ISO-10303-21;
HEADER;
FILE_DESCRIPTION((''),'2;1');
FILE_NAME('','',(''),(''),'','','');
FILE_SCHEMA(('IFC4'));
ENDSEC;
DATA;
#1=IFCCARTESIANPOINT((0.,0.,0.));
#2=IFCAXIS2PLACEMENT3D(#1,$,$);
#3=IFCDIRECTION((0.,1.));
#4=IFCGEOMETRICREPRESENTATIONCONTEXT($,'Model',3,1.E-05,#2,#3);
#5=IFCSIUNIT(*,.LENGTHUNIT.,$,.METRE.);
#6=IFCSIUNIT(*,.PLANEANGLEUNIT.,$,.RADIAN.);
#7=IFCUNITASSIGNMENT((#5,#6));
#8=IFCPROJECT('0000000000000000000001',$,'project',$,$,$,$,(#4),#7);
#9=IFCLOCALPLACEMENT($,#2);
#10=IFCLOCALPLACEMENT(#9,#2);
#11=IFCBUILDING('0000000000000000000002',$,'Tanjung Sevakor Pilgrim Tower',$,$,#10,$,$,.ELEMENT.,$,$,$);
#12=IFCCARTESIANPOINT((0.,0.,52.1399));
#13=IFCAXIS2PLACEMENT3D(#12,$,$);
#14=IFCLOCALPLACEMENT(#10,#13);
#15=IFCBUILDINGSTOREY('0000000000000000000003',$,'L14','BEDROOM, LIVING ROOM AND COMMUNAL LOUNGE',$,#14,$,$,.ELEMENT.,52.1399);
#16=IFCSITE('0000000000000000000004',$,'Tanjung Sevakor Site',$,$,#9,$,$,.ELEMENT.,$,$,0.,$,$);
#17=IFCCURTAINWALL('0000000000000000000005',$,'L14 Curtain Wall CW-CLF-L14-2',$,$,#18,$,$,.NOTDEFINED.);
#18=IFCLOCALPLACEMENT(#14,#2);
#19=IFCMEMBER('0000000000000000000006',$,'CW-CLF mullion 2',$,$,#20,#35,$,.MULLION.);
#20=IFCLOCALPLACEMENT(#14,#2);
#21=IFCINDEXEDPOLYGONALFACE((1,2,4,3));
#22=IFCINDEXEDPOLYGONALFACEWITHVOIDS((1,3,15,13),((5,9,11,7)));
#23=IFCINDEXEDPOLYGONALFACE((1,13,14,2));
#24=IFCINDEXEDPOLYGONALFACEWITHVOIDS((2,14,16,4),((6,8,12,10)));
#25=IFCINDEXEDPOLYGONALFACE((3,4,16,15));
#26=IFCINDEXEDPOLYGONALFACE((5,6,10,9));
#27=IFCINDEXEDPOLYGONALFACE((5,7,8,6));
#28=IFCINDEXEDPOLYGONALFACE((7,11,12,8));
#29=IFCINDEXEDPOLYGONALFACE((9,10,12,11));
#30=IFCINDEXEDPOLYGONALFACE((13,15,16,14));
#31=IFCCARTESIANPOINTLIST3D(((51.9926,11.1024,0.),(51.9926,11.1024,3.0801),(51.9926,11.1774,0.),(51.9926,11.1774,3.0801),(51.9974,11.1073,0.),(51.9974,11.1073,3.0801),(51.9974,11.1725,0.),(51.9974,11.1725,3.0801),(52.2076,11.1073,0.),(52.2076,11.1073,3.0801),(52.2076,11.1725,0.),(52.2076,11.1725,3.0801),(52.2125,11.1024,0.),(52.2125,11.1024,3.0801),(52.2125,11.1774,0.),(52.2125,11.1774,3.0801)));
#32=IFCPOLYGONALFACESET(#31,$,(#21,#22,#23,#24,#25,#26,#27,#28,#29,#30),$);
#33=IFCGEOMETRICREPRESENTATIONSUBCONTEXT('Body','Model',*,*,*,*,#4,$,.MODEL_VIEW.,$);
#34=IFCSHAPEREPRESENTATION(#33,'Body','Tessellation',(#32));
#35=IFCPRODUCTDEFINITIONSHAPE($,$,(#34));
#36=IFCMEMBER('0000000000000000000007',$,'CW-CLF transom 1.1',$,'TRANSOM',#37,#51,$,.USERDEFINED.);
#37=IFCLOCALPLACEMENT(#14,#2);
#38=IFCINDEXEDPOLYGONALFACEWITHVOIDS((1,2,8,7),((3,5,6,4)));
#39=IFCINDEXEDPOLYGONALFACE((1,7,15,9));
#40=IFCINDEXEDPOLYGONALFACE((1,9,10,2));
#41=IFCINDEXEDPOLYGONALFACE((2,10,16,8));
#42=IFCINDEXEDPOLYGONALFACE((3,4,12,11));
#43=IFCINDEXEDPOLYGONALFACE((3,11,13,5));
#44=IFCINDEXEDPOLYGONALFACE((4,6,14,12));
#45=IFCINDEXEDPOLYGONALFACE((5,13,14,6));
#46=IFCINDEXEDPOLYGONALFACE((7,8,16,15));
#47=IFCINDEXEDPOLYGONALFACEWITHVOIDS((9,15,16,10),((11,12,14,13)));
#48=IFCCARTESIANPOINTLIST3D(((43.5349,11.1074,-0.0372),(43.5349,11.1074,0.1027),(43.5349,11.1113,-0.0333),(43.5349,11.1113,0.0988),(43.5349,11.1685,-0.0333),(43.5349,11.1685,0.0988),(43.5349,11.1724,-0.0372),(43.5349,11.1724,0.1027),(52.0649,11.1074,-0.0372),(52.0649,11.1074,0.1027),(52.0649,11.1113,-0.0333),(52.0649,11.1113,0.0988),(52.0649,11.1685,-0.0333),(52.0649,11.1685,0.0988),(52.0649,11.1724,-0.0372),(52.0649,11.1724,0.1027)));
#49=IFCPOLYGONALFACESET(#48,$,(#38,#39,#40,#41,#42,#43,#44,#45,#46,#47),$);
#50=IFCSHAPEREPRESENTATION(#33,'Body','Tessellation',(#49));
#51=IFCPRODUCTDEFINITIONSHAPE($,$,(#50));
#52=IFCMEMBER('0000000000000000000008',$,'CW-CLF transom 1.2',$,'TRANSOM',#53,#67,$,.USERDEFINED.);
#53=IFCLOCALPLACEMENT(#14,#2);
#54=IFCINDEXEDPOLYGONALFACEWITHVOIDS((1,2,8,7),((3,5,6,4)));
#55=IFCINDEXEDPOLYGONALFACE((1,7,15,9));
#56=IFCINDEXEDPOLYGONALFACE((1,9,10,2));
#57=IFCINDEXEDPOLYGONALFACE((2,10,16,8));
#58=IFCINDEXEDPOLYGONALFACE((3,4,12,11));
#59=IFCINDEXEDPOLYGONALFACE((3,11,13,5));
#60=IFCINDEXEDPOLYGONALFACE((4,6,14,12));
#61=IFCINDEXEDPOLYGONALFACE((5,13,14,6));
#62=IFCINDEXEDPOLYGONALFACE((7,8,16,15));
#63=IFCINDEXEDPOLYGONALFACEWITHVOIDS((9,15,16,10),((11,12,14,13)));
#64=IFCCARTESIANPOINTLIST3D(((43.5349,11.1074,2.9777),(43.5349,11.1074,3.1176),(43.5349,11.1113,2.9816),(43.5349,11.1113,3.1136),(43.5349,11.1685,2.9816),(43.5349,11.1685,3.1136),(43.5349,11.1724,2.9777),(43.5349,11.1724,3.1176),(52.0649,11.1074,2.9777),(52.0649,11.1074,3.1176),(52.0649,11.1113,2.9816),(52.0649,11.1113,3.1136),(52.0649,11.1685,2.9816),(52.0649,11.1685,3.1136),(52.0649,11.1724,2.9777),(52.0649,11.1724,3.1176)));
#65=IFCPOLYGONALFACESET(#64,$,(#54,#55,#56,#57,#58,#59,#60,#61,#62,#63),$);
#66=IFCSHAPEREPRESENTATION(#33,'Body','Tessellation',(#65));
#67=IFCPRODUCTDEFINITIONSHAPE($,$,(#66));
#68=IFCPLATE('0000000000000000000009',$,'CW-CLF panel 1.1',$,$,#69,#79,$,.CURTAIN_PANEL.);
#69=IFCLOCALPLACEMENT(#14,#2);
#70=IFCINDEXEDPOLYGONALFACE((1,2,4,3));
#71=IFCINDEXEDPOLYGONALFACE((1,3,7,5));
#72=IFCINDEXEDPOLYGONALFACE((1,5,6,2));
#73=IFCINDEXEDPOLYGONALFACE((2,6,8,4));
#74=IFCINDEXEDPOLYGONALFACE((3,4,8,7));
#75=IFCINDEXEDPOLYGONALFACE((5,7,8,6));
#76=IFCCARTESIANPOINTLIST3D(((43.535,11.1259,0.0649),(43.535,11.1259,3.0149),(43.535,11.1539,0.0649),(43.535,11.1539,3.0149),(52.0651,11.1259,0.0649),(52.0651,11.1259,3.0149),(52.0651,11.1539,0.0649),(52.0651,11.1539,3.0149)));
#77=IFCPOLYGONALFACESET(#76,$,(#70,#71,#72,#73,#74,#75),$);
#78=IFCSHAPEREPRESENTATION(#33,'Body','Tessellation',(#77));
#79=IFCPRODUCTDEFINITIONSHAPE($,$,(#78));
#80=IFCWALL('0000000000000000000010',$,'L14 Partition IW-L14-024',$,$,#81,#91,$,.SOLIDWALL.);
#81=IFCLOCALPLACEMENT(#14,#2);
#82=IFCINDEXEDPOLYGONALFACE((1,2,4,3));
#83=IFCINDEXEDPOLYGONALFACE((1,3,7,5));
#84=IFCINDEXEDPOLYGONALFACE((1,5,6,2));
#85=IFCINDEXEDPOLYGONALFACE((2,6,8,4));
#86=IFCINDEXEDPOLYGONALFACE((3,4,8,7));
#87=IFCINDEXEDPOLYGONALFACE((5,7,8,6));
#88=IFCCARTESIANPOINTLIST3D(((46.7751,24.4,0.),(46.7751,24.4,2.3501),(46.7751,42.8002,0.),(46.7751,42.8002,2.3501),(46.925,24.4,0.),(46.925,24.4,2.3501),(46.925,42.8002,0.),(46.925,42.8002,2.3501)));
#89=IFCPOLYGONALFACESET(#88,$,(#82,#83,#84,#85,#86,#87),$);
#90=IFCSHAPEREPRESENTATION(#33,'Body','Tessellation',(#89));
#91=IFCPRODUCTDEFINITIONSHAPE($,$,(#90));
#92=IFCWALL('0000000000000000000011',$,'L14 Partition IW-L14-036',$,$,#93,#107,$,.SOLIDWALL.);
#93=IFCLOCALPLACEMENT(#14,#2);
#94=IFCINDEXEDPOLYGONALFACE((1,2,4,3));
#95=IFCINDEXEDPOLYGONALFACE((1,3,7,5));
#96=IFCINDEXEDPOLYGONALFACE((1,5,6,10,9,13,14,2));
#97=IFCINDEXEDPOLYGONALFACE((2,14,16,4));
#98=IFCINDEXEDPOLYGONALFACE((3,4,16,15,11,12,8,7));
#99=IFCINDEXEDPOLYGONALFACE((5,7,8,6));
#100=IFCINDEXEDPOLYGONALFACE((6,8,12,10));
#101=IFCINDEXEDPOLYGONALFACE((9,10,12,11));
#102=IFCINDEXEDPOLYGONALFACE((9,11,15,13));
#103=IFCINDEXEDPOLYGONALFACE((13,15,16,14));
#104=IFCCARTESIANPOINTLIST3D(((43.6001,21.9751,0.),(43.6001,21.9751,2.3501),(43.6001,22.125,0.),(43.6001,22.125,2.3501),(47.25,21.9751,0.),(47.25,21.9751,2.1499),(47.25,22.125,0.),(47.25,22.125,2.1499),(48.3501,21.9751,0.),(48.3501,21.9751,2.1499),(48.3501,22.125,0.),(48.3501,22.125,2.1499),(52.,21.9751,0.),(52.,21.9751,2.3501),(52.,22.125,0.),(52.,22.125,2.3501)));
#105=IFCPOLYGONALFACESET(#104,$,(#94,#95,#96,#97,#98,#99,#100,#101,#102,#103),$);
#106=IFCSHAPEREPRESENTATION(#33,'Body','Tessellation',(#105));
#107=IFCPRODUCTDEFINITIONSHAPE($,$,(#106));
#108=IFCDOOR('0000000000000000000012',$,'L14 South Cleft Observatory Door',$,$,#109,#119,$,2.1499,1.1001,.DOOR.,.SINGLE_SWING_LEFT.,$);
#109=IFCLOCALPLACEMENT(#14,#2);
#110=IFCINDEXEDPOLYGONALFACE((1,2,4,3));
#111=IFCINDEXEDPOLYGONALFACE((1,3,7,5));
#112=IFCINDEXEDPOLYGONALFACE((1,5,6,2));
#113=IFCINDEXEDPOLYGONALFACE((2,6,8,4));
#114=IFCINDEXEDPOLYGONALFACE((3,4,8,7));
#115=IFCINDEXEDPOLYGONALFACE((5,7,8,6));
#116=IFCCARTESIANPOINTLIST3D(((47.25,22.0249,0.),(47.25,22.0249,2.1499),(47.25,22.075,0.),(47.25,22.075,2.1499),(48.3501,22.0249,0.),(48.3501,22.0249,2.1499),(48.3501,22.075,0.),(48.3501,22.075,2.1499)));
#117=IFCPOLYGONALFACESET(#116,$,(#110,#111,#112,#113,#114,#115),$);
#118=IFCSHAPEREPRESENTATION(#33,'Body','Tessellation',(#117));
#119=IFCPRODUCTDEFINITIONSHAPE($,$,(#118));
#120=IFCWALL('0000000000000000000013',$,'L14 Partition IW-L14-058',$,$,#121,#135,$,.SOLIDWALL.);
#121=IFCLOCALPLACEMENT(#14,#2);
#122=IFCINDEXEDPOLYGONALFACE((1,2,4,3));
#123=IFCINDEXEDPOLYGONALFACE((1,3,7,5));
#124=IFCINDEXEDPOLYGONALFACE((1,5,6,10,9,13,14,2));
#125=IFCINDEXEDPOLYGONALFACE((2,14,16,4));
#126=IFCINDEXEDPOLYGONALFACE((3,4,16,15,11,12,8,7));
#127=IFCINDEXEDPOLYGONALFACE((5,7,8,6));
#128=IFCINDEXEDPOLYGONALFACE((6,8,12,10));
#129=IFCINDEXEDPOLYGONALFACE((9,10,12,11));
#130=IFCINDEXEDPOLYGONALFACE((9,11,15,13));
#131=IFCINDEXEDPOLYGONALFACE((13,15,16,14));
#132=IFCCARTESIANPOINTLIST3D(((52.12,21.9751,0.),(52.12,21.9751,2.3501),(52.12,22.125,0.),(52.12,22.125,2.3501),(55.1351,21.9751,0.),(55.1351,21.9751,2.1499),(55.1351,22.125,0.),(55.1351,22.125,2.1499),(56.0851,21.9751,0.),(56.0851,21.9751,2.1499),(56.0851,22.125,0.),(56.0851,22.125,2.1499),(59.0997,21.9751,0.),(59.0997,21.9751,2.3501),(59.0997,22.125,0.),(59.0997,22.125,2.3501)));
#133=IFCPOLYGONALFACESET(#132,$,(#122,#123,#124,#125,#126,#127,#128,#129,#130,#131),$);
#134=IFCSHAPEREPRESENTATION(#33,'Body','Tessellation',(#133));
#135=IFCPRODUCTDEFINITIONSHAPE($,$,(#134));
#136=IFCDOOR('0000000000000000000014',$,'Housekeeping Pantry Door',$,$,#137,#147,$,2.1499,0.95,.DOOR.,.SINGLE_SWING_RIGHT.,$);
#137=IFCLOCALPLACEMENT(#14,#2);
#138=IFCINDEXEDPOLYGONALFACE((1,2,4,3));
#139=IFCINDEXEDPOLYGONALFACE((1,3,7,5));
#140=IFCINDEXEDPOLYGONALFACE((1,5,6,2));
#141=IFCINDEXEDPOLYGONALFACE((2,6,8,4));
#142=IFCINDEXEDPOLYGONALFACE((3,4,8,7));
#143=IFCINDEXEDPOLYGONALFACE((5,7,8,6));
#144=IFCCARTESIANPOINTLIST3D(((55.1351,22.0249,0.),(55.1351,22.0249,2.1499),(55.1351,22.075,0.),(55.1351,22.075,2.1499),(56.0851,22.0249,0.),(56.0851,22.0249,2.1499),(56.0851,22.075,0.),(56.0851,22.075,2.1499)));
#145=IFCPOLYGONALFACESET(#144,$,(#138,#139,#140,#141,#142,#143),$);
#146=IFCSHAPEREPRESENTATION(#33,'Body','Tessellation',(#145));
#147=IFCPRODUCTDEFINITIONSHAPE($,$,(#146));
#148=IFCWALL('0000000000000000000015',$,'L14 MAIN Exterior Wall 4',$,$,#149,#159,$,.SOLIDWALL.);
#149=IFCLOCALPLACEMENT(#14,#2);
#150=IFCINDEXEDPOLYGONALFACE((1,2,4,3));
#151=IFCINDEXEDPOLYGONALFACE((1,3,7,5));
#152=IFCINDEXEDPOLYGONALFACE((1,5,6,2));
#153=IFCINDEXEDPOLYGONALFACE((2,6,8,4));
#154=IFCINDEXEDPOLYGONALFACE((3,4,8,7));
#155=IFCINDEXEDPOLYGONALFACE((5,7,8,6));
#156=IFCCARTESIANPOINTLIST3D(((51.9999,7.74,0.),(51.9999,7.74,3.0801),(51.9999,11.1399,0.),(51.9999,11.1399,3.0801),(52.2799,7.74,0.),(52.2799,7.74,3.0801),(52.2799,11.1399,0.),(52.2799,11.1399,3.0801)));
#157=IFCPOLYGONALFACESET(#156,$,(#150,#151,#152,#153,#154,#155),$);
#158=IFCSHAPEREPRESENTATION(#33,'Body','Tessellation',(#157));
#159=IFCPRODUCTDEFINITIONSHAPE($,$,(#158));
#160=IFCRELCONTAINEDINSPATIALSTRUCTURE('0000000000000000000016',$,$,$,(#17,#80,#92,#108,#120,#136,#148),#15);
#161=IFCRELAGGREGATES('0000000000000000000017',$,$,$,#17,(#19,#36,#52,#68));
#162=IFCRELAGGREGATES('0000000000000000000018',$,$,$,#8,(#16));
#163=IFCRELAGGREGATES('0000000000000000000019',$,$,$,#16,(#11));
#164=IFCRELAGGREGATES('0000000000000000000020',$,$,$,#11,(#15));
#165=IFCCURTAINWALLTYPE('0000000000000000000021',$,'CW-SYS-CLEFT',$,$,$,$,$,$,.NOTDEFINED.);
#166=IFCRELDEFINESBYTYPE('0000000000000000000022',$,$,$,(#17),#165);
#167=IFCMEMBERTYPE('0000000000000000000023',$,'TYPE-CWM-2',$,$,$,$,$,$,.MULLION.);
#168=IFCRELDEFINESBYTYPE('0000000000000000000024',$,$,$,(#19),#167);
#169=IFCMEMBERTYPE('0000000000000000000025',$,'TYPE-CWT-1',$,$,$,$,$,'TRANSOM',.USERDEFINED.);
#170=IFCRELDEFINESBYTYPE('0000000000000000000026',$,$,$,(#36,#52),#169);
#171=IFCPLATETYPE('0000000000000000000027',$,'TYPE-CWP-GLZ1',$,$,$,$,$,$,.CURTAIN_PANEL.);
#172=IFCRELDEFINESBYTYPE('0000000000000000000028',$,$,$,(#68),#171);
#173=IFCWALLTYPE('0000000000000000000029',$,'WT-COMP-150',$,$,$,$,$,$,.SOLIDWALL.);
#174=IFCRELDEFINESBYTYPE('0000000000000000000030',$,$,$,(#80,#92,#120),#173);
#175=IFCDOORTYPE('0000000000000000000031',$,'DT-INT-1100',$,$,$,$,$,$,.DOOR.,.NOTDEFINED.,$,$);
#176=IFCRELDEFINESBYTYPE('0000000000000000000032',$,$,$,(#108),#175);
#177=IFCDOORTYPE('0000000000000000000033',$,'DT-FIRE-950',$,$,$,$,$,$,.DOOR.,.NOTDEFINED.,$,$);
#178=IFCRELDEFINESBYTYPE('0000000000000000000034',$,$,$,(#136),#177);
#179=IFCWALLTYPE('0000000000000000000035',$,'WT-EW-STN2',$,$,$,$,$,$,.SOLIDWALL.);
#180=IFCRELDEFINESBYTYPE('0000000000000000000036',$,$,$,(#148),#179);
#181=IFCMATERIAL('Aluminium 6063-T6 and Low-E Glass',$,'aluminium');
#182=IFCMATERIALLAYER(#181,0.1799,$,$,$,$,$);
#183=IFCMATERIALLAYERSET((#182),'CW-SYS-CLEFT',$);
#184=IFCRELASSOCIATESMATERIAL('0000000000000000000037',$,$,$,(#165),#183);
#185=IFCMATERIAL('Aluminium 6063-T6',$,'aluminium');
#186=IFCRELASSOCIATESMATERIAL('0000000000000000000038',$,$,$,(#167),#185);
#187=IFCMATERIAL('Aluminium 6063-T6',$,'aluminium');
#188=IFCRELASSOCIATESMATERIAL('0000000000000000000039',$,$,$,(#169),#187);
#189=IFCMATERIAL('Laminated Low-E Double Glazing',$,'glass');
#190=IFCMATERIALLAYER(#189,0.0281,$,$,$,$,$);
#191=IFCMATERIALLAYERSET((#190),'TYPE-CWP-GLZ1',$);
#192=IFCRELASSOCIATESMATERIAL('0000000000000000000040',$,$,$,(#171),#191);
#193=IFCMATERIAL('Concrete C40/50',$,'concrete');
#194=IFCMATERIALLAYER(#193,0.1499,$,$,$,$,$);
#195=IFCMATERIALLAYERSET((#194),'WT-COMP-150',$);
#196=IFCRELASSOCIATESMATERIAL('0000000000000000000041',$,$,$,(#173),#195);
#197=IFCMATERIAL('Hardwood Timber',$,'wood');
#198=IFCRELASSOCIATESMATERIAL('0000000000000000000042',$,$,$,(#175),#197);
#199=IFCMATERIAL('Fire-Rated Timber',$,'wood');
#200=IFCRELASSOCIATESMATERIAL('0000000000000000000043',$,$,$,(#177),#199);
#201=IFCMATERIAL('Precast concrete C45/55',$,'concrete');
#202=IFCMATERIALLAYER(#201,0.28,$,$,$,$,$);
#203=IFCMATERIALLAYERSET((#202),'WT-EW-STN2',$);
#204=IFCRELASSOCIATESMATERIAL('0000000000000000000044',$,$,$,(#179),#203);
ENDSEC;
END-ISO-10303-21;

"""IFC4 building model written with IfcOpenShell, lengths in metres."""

from ifc_helpers import new_model, si_unit, direction, frame, frame_2d, origin, origin_2d, place, context, subcontext, project, spatial, rectangle, hollow_rectangle, extrude, material, layer, layer_set, material_profile, profile_set, type_object, element, fill, aggregate, save


model = new_model("IFC4")

# Units and contexts
model_context = context("Model", 3, precision=1e-05, world=origin(), true_north=direction((0.0, 1.0)))
body_context = subcontext(model_context, "Body", "Model", "MODEL_VIEW")
ifc_project = project(units=[si_unit("LENGTHUNIT", "METRE"), si_unit("PLANEANGLEUNIT", "RADIAN")], contexts=[model_context])

# Site, building, storey
site_placement = place(None, origin())
site = spatial("IfcSite", under=ifc_project, at=site_placement, Name="Tanjung Sevakor Site", CompositionType="ELEMENT", RefElevation=0.0)
building_placement = place(site_placement, origin())
building = spatial("IfcBuilding", under=site, at=building_placement, Name="Tanjung Sevakor Pilgrim Tower", CompositionType="ELEMENT")
storey_placement = place(building_placement, frame((0.0, 0.0, 52.1399)))
storey = spatial("IfcBuildingStorey", under=building, at=storey_placement, Name="L14", Description="BEDROOM, LIVING ROOM AND COMMUNAL LOUNGE", CompositionType="ELEMENT", Elevation=52.1399)

# Curtain wall, members, plate
ifc_material_1 = material(Name="Aluminium 6063-T6 and Low-E Glass", Category="aluminium")
ifc_layer_1 = layer(ifc_material_1, 0.1799)
ifc_layer_set_1 = layer_set([ifc_layer_1], Name="CW-SYS-CLEFT")
curtain_wall_type = type_object("IfcCurtainWallType", Name="CW-SYS-CLEFT", PredefinedType="NOTDEFINED", material=ifc_layer_set_1)
curtain_wall_placement = place(storey_placement, origin())
curtain_wall = element("IfcCurtainWall", 1, at=curtain_wall_placement, inside=storey, type_object=curtain_wall_type, Name="L14 Curtain Wall CW-CLF-L14-2", PredefinedType="NOTDEFINED")
ifc_material_2 = material(Name="Aluminium 6063-T6", Category="aluminium")
ifc_material_profile_1 = material_profile(ifc_material_2, hollow_rectangle(XDim=0.075, YDim=0.22, WallThickness=0.0049, at=origin_2d()))
ifc_profile_set_1 = profile_set([ifc_material_profile_1], Name="Aluminium 6063-T6")
member_type_1 = type_object("IfcMemberType", Name="TYPE-CWM-2", PredefinedType="MULLION", material=ifc_profile_set_1)
member_1_placement = place(storey_placement, frame((52.1025, 11.1399, 0.0), z_axis=(0.0, 0.0, 1.0), x_axis=(0.0, 1.0, 0.0)))
member_1 = element("IfcMember", 2, at=member_1_placement, type_object=member_type_1, Name="CW-CLF mullion 2", PredefinedType="MULLION", context=body_context, shape_type="SweptSolid", body=[
    extrude(hollow_rectangle(XDim=0.075, YDim=0.22, WallThickness=0.0049, at=origin_2d()), origin(), (0.0, 0.0, 1.0), 3.0801),
])
ifc_material_3 = material(Name="Aluminium 6063-T6", Category="aluminium")
ifc_material_profile_2 = material_profile(ifc_material_3, hollow_rectangle(XDim=0.0649, YDim=0.1399, WallThickness=0.0039, at=origin_2d()))
ifc_profile_set_2 = profile_set([ifc_material_profile_2], Name="Aluminium 6063-T6")
member_type_2 = type_object("IfcMemberType", Name="TYPE-CWT-1", ElementType="TRANSOM", PredefinedType="USERDEFINED", material=ifc_profile_set_2)
member_2_placement = place(storey_placement, frame((43.5349, 11.1399, 0.0327), z_axis=(1.0, 0.0, 0.0), x_axis=(0.0, 1.0, 0.0)))
member_2 = element("IfcMember", 3, at=member_2_placement, type_object=member_type_2, Name="CW-CLF transom 1.1", ObjectType="TRANSOM", PredefinedType="USERDEFINED", context=body_context, shape_type="SweptSolid", body=[
    extrude(hollow_rectangle(XDim=0.0649, YDim=0.1399, WallThickness=0.0039, at=origin_2d()), origin(), (0.0, 0.0, 1.0), 8.53),
])
member_3_placement = place(storey_placement, frame((43.5349, 11.1399, 3.0476), z_axis=(1.0, 0.0, 0.0), x_axis=(0.0, 1.0, 0.0)))
member_3 = element("IfcMember", 4, at=member_3_placement, type_object=member_type_2, Name="CW-CLF transom 1.2", ObjectType="TRANSOM", PredefinedType="USERDEFINED", context=body_context, shape_type="SweptSolid", body=[
    extrude(hollow_rectangle(XDim=0.0649, YDim=0.1399, WallThickness=0.0039, at=origin_2d()), origin(), (0.0, 0.0, 1.0), 8.53),
])
ifc_material_4 = material(Name="Laminated Low-E Double Glazing", Category="glass")
ifc_layer_2 = layer(ifc_material_4, 0.0281)
ifc_layer_set_2 = layer_set([ifc_layer_2], Name="TYPE-CWP-GLZ1")
plate_type = type_object("IfcPlateType", Name="TYPE-CWP-GLZ1", PredefinedType="CURTAIN_PANEL", material=ifc_layer_set_2)
plate_placement = place(storey_placement, frame((47.8, 11.1399, 0.0649), z_axis=(0.0, 0.0, 1.0), x_axis=(1.0, 0.0, 0.0)))
plate = element("IfcPlate", 5, at=plate_placement, type_object=plate_type, Name="CW-CLF panel 1.1", PredefinedType="CURTAIN_PANEL", context=body_context, shape_type="SweptSolid", body=[
    extrude(rectangle(XDim=8.53, YDim=0.0281, at=origin_2d()), origin(), (0.0, 0.0, 1.0), 2.95),
])
aggregate(curtain_wall, [member_1, member_2, member_3, plate])

# Wall
ifc_material_5 = material(Name="Concrete C40/50", Category="concrete")
ifc_layer_3 = layer(ifc_material_5, 0.1499)
ifc_layer_set_3 = layer_set([ifc_layer_3], Name="WT-COMP-150")
wall_type_1 = type_object("IfcWallType", Name="WT-COMP-150", PredefinedType="SOLIDWALL", material=ifc_layer_set_3)
wall_1_placement = place(storey_placement, frame((46.8501, 24.3999, 0.0), z_axis=(0.0, 0.0, 1.0), x_axis=(0.0, 1.0, 0.0)))
element("IfcWall", 6, at=wall_1_placement, inside=storey, type_object=wall_type_1, Name="L14 Partition IW-L14-024", PredefinedType="SOLIDWALL", context=body_context, shape_type="SweptSolid", body=[
    extrude(rectangle(XDim=18.4001, YDim=0.1499, at=frame_2d((9.2002, 0.0))), origin(), (0.0, 0.0, 1.0), 2.3501),
])

# Walls, openings, doors
wall_2_placement = place(storey_placement, frame((43.6001, 22.05, 0.0), z_axis=(0.0, 0.0, 1.0), x_axis=(1.0, 0.0, 0.0)))
wall_2 = element("IfcWall", 7, at=wall_2_placement, inside=storey, type_object=wall_type_1, Name="L14 Partition IW-L14-036", PredefinedType="SOLIDWALL", context=body_context, shape_type="SweptSolid", body=[
    extrude(rectangle(XDim=8.3999, YDim=0.1499, at=frame_2d((4.2, 0.0))), origin(), (0.0, 0.0, 1.0), 2.3501),
])
opening_1_placement = place(wall_2_placement, frame((3.6499, 0.0, 0.0)))
opening_1 = element("IfcOpeningElement", 8, at=opening_1_placement, cuts=wall_2, PredefinedType="OPENING", context=body_context, shape_type="SweptSolid", body=[
    extrude(rectangle(XDim=1.1001, YDim=2.1499, at=frame_2d((0.55, 1.075))), frame((0.0, 0.085, 0.0), z_axis=(0.0, -1.0, 0.0), x_axis=(1.0, 0.0, 0.0)), (0.0, 0.0, 1.0), 0.1699),
])
ifc_material_6 = material(Name="Hardwood Timber", Category="wood")
door_type_1 = type_object("IfcDoorType", Name="DT-INT-1100", OperationType="NOTDEFINED", PredefinedType="DOOR", material=ifc_material_6)
door_1_placement = place(opening_1_placement, origin())
door_1 = element("IfcDoor", 9, at=door_1_placement, inside=storey, type_object=door_type_1, Name="L14 South Cleft Observatory Door", OperationType="SINGLE_SWING_LEFT", OverallHeight=2.1499, OverallWidth=1.1001, PredefinedType="DOOR", context=body_context, shape_type="SweptSolid", body=[
    extrude(rectangle(XDim=1.1001, YDim=2.1499, at=frame_2d((0.55, 1.075))), frame((0.0, 0.0249, 0.0), z_axis=(0.0, -1.0, 0.0), x_axis=(1.0, 0.0, 0.0)), (0.0, 0.0, 1.0), 0.05),
])
fill(opening_1, door_1)
wall_3_placement = place(storey_placement, frame((52.1201, 22.05, 0.0), z_axis=(0.0, 0.0, 1.0), x_axis=(1.0, 0.0, 0.0)))
wall_3 = element("IfcWall", 10, at=wall_3_placement, inside=storey, type_object=wall_type_1, Name="L14 Partition IW-L14-058", PredefinedType="SOLIDWALL", context=body_context, shape_type="SweptSolid", body=[
    extrude(rectangle(XDim=6.9797, YDim=0.1499, at=frame_2d((3.4897, 0.0))), origin(), (0.0, 0.0, 1.0), 2.3501),
])
opening_2_placement = place(wall_3_placement, frame((3.0149, 0.0, 0.0)))
opening_2 = element("IfcOpeningElement", 11, at=opening_2_placement, cuts=wall_3, PredefinedType="OPENING", context=body_context, shape_type="SweptSolid", body=[
    extrude(rectangle(XDim=0.95, YDim=2.1499, at=frame_2d((0.4751, 1.075))), frame((0.0, 0.085, 0.0), z_axis=(0.0, -1.0, 0.0), x_axis=(1.0, 0.0, 0.0)), (0.0, 0.0, 1.0), 0.1699),
])
ifc_material_7 = material(Name="Fire-Rated Timber", Category="wood")
door_type_2 = type_object("IfcDoorType", Name="DT-FIRE-950", OperationType="NOTDEFINED", PredefinedType="DOOR", material=ifc_material_7)
door_2_placement = place(opening_2_placement, origin())
door_2 = element("IfcDoor", 12, at=door_2_placement, inside=storey, type_object=door_type_2, Name="Housekeeping Pantry Door", OperationType="SINGLE_SWING_RIGHT", OverallHeight=2.1499, OverallWidth=0.95, PredefinedType="DOOR", context=body_context, shape_type="SweptSolid", body=[
    extrude(rectangle(XDim=0.95, YDim=2.1499, at=frame_2d((0.4751, 1.075))), frame((0.0, 0.0249, 0.0), z_axis=(0.0, -1.0, 0.0), x_axis=(1.0, 0.0, 0.0)), (0.0, 0.0, 1.0), 0.05),
])
fill(opening_2, door_2)

# Wall
ifc_material_8 = material(Name="Precast concrete C45/55", Category="concrete")
ifc_layer_4 = layer(ifc_material_8, 0.28)
ifc_layer_set_4 = layer_set([ifc_layer_4], Name="WT-EW-STN2")
wall_type_2 = type_object("IfcWallType", Name="WT-EW-STN2", PredefinedType="SOLIDWALL", material=ifc_layer_set_4)
wall_4_placement = place(storey_placement, frame((52.1399, 11.1399, 0.0), z_axis=(0.0, 0.0, 1.0), x_axis=(0.0, -1.0, 0.0)))
element("IfcWall", 13, at=wall_4_placement, inside=storey, type_object=wall_type_2, Name="L14 MAIN Exterior Wall 4", PredefinedType="SOLIDWALL", context=body_context, shape_type="SweptSolid", body=[
    extrude(rectangle(XDim=3.3999, YDim=0.28, at=frame_2d((1.7, 0.0))), origin(), (0.0, 0.0, 1.0), 3.0801),
])

save(model, "model.ifc")
